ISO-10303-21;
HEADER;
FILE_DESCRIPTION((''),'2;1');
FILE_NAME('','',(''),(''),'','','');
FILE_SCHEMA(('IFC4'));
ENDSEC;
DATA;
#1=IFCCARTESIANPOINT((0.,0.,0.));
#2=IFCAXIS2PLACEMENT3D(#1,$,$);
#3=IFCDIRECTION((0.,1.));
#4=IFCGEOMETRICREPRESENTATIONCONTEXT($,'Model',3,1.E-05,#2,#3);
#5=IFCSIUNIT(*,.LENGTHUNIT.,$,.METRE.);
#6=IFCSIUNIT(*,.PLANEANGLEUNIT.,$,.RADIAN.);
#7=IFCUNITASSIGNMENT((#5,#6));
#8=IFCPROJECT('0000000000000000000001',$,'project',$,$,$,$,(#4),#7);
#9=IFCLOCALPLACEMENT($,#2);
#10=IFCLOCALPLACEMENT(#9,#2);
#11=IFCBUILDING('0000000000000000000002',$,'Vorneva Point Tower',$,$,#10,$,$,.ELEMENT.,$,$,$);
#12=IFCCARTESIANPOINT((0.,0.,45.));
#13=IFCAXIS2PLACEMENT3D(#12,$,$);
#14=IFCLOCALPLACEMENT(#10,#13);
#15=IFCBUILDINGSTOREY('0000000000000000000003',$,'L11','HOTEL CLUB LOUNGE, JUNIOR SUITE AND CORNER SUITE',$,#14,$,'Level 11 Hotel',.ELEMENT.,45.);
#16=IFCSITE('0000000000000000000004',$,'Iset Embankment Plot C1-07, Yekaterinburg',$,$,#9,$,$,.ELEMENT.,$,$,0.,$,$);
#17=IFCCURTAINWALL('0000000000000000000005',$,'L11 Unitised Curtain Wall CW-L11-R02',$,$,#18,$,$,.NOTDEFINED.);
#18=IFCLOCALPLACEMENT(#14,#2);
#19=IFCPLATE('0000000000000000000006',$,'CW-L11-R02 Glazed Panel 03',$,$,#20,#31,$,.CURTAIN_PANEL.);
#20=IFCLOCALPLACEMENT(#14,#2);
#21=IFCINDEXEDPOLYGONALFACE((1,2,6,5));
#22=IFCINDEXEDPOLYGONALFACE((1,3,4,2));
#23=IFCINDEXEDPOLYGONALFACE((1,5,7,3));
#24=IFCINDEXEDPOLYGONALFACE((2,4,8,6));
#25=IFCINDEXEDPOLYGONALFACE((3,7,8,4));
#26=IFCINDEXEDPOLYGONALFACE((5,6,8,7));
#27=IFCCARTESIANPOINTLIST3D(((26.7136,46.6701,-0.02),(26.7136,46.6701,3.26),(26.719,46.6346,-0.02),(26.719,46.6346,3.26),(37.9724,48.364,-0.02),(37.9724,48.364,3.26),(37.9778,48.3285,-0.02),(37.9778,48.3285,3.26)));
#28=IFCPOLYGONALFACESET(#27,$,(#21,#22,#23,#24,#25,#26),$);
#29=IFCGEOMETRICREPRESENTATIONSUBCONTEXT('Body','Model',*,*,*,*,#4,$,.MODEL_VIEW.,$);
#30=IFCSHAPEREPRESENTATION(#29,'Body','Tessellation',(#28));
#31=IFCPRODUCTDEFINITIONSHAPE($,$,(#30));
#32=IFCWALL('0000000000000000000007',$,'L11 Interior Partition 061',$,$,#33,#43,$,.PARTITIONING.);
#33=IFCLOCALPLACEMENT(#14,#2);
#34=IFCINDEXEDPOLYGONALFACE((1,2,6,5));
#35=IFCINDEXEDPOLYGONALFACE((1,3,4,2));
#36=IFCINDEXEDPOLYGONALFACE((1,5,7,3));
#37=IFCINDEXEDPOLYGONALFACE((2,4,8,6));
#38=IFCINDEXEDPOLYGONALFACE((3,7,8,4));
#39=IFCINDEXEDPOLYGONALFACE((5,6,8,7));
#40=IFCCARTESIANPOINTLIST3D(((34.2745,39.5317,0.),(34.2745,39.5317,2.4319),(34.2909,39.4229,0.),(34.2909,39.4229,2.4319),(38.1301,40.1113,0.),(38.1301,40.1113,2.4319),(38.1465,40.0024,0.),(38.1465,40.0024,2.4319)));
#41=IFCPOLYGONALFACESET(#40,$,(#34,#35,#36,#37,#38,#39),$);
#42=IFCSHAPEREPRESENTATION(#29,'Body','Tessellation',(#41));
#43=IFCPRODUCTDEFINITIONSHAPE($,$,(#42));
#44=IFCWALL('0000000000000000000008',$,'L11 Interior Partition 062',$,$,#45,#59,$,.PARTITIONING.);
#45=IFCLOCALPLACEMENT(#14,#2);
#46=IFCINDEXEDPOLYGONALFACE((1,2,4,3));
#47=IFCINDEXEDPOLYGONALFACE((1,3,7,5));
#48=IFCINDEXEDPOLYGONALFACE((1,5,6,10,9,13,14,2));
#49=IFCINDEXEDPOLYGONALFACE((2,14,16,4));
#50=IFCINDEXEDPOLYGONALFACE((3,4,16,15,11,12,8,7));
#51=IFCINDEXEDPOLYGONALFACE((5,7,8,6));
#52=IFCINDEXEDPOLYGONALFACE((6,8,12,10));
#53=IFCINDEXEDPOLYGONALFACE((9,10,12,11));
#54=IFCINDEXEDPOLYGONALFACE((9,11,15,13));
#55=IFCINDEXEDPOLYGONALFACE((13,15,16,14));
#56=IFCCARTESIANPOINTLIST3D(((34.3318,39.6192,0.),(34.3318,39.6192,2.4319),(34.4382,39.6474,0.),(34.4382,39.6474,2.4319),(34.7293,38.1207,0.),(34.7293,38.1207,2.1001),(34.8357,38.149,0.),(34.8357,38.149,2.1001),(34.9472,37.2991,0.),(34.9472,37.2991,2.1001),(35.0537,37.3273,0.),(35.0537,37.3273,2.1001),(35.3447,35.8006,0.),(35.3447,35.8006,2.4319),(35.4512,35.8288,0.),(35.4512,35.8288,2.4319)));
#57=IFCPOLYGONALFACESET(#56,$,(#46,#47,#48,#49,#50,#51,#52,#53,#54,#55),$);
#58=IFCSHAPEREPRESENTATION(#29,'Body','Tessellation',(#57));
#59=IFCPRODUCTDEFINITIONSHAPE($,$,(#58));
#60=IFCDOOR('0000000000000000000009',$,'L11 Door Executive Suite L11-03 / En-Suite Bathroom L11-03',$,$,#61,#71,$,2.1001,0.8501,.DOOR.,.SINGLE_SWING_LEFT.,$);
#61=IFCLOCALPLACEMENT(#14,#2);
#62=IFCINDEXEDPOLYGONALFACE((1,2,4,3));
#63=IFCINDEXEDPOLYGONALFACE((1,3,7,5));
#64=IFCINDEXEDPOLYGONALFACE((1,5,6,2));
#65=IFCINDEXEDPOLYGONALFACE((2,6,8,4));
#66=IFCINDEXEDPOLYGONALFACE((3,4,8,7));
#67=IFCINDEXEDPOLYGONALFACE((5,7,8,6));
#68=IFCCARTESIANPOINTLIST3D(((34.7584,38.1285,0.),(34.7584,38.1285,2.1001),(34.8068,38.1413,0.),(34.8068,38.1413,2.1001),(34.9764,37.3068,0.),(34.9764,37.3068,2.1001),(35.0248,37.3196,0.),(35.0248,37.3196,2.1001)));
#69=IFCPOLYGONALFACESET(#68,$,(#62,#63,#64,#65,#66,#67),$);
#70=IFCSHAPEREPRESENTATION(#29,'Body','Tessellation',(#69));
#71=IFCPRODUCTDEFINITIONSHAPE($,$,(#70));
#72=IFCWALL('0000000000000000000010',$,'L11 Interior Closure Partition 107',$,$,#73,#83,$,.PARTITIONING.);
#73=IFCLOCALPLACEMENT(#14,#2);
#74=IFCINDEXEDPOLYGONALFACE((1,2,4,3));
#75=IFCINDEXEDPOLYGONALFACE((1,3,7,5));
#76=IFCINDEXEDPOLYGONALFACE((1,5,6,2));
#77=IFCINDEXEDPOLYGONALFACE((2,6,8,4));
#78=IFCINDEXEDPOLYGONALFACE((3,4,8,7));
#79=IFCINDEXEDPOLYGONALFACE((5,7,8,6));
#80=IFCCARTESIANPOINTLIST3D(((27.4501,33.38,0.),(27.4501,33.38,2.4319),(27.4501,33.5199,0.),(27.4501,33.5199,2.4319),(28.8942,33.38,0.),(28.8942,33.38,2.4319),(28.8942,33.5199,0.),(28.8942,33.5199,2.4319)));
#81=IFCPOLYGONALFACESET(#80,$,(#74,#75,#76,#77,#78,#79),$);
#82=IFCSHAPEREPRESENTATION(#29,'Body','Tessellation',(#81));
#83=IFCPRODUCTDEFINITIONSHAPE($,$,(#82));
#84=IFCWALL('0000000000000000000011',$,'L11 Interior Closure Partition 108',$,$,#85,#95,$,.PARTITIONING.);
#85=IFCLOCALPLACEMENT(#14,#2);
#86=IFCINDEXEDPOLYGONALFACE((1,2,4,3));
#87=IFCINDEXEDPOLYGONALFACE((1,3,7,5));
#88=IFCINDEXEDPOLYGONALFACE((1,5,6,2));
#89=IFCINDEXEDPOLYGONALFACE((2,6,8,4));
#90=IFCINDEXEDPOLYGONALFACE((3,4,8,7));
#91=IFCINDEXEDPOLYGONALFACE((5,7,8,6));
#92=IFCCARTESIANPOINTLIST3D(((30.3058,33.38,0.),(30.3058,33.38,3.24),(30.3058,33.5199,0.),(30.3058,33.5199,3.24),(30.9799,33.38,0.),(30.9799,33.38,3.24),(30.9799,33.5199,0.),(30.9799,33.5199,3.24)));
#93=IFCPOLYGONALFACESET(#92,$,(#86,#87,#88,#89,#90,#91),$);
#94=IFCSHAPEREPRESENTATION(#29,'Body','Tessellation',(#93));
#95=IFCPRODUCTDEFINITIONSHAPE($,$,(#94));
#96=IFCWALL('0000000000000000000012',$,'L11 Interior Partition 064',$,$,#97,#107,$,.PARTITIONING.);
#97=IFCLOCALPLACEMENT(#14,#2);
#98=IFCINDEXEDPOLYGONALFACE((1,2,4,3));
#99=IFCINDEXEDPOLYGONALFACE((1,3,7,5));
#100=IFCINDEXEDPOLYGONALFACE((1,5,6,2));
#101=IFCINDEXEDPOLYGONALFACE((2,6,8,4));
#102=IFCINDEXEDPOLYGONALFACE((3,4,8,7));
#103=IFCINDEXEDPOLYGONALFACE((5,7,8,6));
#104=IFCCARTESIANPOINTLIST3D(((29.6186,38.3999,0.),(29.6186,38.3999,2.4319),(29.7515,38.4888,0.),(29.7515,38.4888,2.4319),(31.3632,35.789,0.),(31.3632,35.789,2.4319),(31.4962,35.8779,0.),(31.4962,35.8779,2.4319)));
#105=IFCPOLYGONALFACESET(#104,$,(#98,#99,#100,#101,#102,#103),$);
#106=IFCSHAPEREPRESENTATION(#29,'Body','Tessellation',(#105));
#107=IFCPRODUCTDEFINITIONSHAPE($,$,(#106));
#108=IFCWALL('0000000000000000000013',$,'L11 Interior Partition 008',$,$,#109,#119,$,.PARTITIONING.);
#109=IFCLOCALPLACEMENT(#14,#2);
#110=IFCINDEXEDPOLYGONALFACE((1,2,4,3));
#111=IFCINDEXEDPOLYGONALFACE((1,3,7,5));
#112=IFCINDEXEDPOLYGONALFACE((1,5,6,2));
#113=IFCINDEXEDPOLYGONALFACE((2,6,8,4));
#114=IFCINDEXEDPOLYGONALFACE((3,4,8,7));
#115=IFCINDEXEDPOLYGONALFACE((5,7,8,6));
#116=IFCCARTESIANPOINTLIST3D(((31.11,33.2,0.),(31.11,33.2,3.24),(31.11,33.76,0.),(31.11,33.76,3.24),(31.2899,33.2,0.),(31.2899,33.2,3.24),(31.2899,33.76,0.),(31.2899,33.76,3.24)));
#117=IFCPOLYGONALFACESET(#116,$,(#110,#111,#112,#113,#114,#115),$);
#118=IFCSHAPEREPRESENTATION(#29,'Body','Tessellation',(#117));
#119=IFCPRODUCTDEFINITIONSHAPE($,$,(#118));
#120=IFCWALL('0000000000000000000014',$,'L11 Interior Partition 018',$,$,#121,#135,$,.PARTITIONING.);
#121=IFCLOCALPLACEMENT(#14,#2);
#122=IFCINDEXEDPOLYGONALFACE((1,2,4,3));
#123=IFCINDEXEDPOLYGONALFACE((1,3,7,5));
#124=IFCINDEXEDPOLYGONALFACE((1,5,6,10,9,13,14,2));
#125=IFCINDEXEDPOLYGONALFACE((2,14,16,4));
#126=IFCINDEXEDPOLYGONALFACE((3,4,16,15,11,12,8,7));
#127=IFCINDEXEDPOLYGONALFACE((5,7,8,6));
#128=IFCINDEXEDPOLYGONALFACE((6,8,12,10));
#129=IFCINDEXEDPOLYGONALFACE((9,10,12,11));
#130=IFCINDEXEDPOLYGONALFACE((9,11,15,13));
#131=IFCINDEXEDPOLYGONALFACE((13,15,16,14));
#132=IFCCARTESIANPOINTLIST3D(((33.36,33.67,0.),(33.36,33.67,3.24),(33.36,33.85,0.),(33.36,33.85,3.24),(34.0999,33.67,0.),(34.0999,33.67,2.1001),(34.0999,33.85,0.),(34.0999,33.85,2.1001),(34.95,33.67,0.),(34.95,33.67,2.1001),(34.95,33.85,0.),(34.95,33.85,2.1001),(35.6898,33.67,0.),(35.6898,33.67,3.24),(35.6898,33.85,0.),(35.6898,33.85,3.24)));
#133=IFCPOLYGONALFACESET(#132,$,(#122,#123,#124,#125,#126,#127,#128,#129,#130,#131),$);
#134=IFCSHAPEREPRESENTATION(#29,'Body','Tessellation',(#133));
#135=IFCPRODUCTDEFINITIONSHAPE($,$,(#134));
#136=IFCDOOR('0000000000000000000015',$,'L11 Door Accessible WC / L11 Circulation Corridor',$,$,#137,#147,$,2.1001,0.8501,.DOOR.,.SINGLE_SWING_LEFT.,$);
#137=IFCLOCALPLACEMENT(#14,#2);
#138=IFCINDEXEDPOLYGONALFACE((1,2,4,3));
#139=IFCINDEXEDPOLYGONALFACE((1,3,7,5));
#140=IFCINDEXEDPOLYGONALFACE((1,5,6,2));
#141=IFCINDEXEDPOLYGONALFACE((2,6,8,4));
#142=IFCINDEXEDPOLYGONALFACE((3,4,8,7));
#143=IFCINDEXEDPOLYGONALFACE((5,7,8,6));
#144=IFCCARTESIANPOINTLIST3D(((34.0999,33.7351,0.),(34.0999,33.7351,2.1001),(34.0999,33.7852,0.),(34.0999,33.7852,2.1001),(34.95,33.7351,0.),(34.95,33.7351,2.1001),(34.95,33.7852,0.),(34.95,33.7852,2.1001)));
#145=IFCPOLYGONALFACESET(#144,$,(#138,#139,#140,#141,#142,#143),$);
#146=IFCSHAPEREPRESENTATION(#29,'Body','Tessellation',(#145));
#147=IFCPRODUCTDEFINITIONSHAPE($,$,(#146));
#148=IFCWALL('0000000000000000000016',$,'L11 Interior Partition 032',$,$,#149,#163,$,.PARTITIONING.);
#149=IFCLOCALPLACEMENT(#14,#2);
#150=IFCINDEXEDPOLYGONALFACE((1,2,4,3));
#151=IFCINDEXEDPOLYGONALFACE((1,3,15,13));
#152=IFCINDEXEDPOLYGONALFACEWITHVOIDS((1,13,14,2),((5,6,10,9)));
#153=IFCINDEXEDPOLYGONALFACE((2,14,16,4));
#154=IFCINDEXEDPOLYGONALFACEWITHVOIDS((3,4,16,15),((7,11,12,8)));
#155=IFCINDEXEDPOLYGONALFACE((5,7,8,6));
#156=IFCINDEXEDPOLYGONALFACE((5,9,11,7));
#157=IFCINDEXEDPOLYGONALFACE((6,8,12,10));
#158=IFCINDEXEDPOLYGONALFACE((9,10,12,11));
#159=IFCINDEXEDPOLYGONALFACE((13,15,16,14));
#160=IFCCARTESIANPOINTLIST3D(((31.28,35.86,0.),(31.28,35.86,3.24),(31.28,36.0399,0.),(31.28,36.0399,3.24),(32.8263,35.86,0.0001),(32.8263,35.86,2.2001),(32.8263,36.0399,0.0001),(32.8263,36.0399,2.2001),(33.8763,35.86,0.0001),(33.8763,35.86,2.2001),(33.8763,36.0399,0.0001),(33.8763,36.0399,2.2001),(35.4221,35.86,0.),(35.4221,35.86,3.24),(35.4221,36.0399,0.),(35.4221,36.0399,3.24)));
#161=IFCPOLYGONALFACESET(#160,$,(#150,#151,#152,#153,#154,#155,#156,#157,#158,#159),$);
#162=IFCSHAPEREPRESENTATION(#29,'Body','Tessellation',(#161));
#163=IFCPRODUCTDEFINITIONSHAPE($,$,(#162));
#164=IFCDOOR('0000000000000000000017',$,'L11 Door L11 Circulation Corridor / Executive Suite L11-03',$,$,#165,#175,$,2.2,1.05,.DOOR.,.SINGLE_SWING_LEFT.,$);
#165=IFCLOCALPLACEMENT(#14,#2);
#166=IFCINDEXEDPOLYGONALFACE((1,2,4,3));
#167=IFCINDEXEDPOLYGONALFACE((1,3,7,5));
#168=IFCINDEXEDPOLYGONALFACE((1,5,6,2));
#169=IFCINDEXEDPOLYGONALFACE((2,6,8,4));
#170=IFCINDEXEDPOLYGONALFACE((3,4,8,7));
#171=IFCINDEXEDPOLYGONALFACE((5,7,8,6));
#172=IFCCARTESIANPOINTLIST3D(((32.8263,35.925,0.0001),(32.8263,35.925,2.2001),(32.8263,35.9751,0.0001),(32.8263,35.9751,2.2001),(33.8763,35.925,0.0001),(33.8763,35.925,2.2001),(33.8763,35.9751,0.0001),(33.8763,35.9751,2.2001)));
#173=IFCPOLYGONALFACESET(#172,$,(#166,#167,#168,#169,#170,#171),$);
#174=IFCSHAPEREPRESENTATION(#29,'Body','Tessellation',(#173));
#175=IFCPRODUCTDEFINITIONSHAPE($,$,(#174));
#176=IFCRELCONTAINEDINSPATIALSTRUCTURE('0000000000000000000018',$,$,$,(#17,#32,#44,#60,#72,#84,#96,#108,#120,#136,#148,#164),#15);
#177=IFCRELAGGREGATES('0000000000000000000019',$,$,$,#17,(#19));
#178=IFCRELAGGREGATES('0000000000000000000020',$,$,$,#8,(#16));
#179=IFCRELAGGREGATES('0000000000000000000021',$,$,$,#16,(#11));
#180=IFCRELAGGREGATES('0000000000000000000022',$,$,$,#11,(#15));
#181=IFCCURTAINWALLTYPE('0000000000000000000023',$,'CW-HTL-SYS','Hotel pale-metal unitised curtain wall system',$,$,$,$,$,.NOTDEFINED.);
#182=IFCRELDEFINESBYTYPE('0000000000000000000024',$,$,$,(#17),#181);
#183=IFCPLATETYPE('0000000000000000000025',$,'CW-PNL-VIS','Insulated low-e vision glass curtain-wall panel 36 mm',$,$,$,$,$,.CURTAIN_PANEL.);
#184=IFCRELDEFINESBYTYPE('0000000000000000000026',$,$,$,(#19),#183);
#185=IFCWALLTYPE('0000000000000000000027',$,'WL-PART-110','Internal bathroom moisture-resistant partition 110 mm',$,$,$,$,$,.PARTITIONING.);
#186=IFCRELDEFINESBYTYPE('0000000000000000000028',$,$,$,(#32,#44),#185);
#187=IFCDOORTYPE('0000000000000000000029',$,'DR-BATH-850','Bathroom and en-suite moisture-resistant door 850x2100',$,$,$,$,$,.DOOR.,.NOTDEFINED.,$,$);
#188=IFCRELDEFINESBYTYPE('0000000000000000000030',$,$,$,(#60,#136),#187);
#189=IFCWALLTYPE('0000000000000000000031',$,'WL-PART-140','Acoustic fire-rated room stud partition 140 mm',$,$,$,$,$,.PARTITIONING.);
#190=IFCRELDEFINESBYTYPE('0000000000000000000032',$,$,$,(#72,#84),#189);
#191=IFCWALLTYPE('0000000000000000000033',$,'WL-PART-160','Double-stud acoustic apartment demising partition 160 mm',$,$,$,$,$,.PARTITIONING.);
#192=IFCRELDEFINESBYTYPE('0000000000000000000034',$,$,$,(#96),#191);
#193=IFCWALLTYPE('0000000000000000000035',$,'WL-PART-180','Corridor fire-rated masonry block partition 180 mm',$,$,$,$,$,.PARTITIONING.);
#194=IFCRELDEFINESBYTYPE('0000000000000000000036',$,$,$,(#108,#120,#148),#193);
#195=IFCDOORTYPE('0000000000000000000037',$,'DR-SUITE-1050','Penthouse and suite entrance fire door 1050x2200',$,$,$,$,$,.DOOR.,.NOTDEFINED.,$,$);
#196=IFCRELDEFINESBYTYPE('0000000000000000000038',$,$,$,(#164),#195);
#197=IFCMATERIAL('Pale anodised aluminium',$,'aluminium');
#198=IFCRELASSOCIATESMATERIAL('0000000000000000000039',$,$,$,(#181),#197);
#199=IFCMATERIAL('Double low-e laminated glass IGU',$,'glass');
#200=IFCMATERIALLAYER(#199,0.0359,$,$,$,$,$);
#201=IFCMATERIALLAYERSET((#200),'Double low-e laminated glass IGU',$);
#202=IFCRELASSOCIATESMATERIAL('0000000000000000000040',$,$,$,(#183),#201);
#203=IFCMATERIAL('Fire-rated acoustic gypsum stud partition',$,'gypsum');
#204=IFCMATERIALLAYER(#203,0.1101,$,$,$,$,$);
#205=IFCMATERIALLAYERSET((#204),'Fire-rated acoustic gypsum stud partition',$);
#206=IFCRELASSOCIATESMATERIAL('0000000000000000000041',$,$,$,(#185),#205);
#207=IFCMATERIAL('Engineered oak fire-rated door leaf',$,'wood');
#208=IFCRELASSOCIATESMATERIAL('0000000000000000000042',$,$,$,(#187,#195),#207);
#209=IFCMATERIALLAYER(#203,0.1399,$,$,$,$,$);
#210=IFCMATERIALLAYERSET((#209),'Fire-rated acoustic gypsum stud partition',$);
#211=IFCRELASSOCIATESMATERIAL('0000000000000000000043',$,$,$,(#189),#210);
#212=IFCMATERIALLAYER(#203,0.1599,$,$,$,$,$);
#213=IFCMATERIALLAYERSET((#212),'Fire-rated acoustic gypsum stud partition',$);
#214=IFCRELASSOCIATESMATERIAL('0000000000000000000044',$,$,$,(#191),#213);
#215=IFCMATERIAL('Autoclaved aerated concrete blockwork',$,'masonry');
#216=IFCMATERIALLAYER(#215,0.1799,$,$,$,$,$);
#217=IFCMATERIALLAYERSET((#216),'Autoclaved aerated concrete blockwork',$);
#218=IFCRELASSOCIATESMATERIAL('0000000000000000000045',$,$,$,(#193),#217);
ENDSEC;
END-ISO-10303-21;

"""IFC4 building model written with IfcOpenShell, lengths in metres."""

from ifc_helpers import new_model, si_unit, direction, frame, frame_2d, origin, origin_2d, place, context, subcontext, project, spatial, rectangle, extrude, material, layer, layer_set, type_object, element, fill, aggregate, save


model = new_model("IFC4")

# Units and contexts
model_context = context("Model", 3, precision=1e-05, world=origin(), true_north=direction((0.0, 1.0)))
body_context = subcontext(model_context, "Body", "Model", "MODEL_VIEW")
ifc_project = project(units=[si_unit("LENGTHUNIT", "METRE"), si_unit("PLANEANGLEUNIT", "RADIAN")], contexts=[model_context])

# Site, building, storey
site_placement = place(None, origin())
site = spatial("IfcSite", under=ifc_project, at=site_placement, Name="Iset Embankment Plot C1-07, Yekaterinburg", CompositionType="ELEMENT", RefElevation=0.0)
building_placement = place(site_placement, origin())
building = spatial("IfcBuilding", under=site, at=building_placement, Name="Vorneva Point Tower", CompositionType="ELEMENT")
storey_placement = place(building_placement, frame((0.0, 0.0, 45.0)))
storey = spatial("IfcBuildingStorey", under=building, at=storey_placement, Name="L11", Description="HOTEL CLUB LOUNGE, JUNIOR SUITE AND CORNER SUITE", LongName="Level 11 Hotel", CompositionType="ELEMENT", Elevation=45.0)

# Curtain wall, plate
ifc_material_1 = material(Name="Pale anodised aluminium", Category="aluminium")
curtain_wall_type = type_object("IfcCurtainWallType", Name="CW-HTL-SYS", Description="Hotel pale-metal unitised curtain wall system", PredefinedType="NOTDEFINED", material=ifc_material_1)
curtain_wall_placement = place(storey_placement, origin())
curtain_wall = element("IfcCurtainWall", 1, at=curtain_wall_placement, inside=storey, type_object=curtain_wall_type, Name="L11 Unitised Curtain Wall CW-L11-R02", PredefinedType="NOTDEFINED")
ifc_material_2 = material(Name="Double low-e laminated glass IGU", Category="glass")
ifc_layer_1 = layer(ifc_material_2, 0.0359)
ifc_layer_set_1 = layer_set([ifc_layer_1], Name="Double low-e laminated glass IGU")
plate_type = type_object("IfcPlateType", Name="CW-PNL-VIS", Description="Insulated low-e vision glass curtain-wall panel 36 mm", PredefinedType="CURTAIN_PANEL", material=ifc_layer_set_1)
plate_placement = place(storey_placement, frame((32.3457, 47.4993, -0.02), z_axis=(0.0, 0.0, 1.0), x_axis=(-0.988871, -0.148776, 0.0)))
plate = element("IfcPlate", 2, at=plate_placement, type_object=plate_type, Name="CW-L11-R02 Glazed Panel 03", PredefinedType="CURTAIN_PANEL", context=body_context, shape_type="SweptSolid", body=[
    extrude(rectangle(XDim=11.3855, YDim=0.0359, at=origin_2d()), origin(), (0.0, 0.0, 1.0), 3.28),
])
aggregate(curtain_wall, [plate])

# Wall
ifc_material_3 = material(Name="Fire-rated acoustic gypsum stud partition", Category="gypsum")
ifc_layer_2 = layer(ifc_material_3, 0.1101)
ifc_layer_set_2 = layer_set([ifc_layer_2], Name="Fire-rated acoustic gypsum stud partition")
wall_type_1 = type_object("IfcWallType", Name="WL-PART-110", Description="Internal bathroom moisture-resistant partition 110 mm", PredefinedType="PARTITIONING", material=ifc_layer_set_2)
wall_1_placement = place(storey_placement, frame((34.2827, 39.4773, 0.0), z_axis=(0.0, 0.0, 1.0), x_axis=(0.98889, 0.14865, 0.0)))
element("IfcWall", 3, at=wall_1_placement, inside=storey, type_object=wall_type_1, Name="L11 Interior Partition 061", PredefinedType="PARTITIONING", context=body_context, shape_type="SweptSolid", body=[
    extrude(rectangle(XDim=3.8989, YDim=0.1101, at=frame_2d((1.9495, 0.0))), origin(), (0.0, 0.0, 1.0), 2.4319),
])

# Wall, opening, door
wall_2_placement = place(storey_placement, frame((35.3979, 35.8147, 0.0), z_axis=(0.0, 0.0, 1.0), x_axis=(-0.256397, 0.966572, 0.0)))
wall_2 = element("IfcWall", 4, at=wall_2_placement, inside=storey, type_object=wall_type_1, Name="L11 Interior Partition 062", PredefinedType="PARTITIONING", context=body_context, shape_type="SweptSolid", body=[
    extrude(rectangle(XDim=3.9507, YDim=0.1101, at=frame_2d((1.9753, 0.0))), origin(), (0.0, 0.0, 1.0), 2.4319),
])
opening_1_placement = place(wall_2_placement, frame((1.5503, 0.0, 0.0)))
opening_1 = element("IfcOpeningElement", 5, at=opening_1_placement, cuts=wall_2, PredefinedType="OPENING", context=body_context, shape_type="SweptSolid", body=[
    extrude(rectangle(XDim=0.8501, YDim=2.1001, at=frame_2d((0.425, 1.05))), frame((0.0, 0.0698, 0.0), z_axis=(0.0, -1.0, 0.0), x_axis=(1.0, 0.0, 0.0)), (0.0, 0.0, 1.0), 0.1399),
])
ifc_material_4 = material(Name="Engineered oak fire-rated door leaf", Category="wood")
door_type_1 = type_object("IfcDoorType", Name="DR-BATH-850", Description="Bathroom and en-suite moisture-resistant door 850x2100", OperationType="NOTDEFINED", PredefinedType="DOOR", material=ifc_material_4)
door_1_placement = place(opening_1_placement, origin())
door_1 = element("IfcDoor", 6, at=door_1_placement, inside=storey, type_object=door_type_1, Name="L11 Door Executive Suite L11-03 / En-Suite Bathroom L11-03", OperationType="SINGLE_SWING_LEFT", OverallHeight=2.1001, OverallWidth=0.8501, PredefinedType="DOOR", context=body_context, shape_type="SweptSolid", body=[
    extrude(rectangle(XDim=0.8501, YDim=2.1001, at=frame_2d((0.425, 1.05))), frame((0.0, 0.0249, 0.0), z_axis=(0.0, -1.0, 0.0), x_axis=(1.0, 0.0, 0.0)), (0.0, 0.0, 1.0), 0.05),
])
fill(opening_1, door_1)

# Walls
ifc_layer_3 = layer(ifc_material_3, 0.1399)
ifc_layer_set_3 = layer_set([ifc_layer_3], Name="Fire-rated acoustic gypsum stud partition")
wall_type_2 = type_object("IfcWallType", Name="WL-PART-140", Description="Acoustic fire-rated room stud partition 140 mm", PredefinedType="PARTITIONING", material=ifc_layer_set_3)
wall_3_placement = place(storey_placement, frame((27.45, 33.45, 0.0), z_axis=(0.0, 0.0, 1.0), x_axis=(1.0, 0.0, 0.0)))
element("IfcWall", 7, at=wall_3_placement, inside=storey, type_object=wall_type_2, Name="L11 Interior Closure Partition 107", PredefinedType="PARTITIONING", context=body_context, shape_type="SweptSolid", body=[
    extrude(rectangle(XDim=1.4441, YDim=0.1399, at=frame_2d((0.7222, 0.0))), origin(), (0.0, 0.0, 1.0), 2.4319),
])
wall_4_placement = place(storey_placement, frame((30.3059, 33.45, 0.0), z_axis=(0.0, 0.0, 1.0), x_axis=(1.0, 0.0, 0.0)))
element("IfcWall", 8, at=wall_4_placement, inside=storey, type_object=wall_type_2, Name="L11 Interior Closure Partition 108", PredefinedType="PARTITIONING", context=body_context, shape_type="SweptSolid", body=[
    extrude(rectangle(XDim=0.6741, YDim=0.1399, at=frame_2d((0.3369, 0.0))), origin(), (0.0, 0.0, 1.0), 3.24),
])
ifc_layer_4 = layer(ifc_material_3, 0.1599)
ifc_layer_set_4 = layer_set([ifc_layer_4], Name="Fire-rated acoustic gypsum stud partition")
wall_type_3 = type_object("IfcWallType", Name="WL-PART-160", Description="Double-stud acoustic apartment demising partition 160 mm", PredefinedType="PARTITIONING", material=ifc_layer_set_4)
wall_5_placement = place(storey_placement, frame((29.6851, 38.4443, 0.0), z_axis=(0.0, 0.0, 1.0), x_axis=(0.555597, -0.831452, 0.0)))
element("IfcWall", 9, at=wall_5_placement, inside=storey, type_object=wall_type_3, Name="L11 Interior Partition 064", PredefinedType="PARTITIONING", context=body_context, shape_type="SweptSolid", body=[
    extrude(rectangle(XDim=3.1401, YDim=0.1599, at=frame_2d((1.5701, 0.0))), origin(), (0.0, 0.0, 1.0), 2.4319),
])

# Shared definitions
ifc_material_5 = material(Name="Autoclaved aerated concrete blockwork", Category="masonry")
ifc_layer_5 = layer(ifc_material_5, 0.1799)
ifc_layer_set_5 = layer_set([ifc_layer_5], Name="Autoclaved aerated concrete blockwork")
wall_type_4 = type_object("IfcWallType", Name="WL-PART-180", Description="Corridor fire-rated masonry block partition 180 mm", PredefinedType="PARTITIONING", material=ifc_layer_set_5)

# Wall
wall_6_placement = place(storey_placement, frame((31.2, 33.76, 0.0), z_axis=(0.0, 0.0, 1.0), x_axis=(0.0, -1.0, 0.0)))
element("IfcWall", 10, at=wall_6_placement, inside=storey, type_object=wall_type_4, Name="L11 Interior Partition 008", PredefinedType="PARTITIONING", context=body_context, shape_type="SweptSolid", body=[
    extrude(rectangle(XDim=0.5601, YDim=0.1799, at=frame_2d((0.28, 0.0))), origin(), (0.0, 0.0, 1.0), 3.24),
])

# Walls, openings, doors
wall_7_placement = place(storey_placement, frame((35.6899, 33.76, 0.0), z_axis=(0.0, 0.0, 1.0), x_axis=(-1.0, 0.0, 0.0)))
wall_7 = element("IfcWall", 11, at=wall_7_placement, inside=storey, type_object=wall_type_4, Name="L11 Interior Partition 018", PredefinedType="PARTITIONING", context=body_context, shape_type="SweptSolid", body=[
    extrude(rectangle(XDim=2.3298, YDim=0.1799, at=frame_2d((1.165, 0.0))), origin(), (0.0, 0.0, 1.0), 3.24),
])
opening_2_placement = place(wall_7_placement, frame((0.74, 0.0, 0.0)))
opening_2 = element("IfcOpeningElement", 12, at=opening_2_placement, cuts=wall_7, PredefinedType="OPENING", context=body_context, shape_type="SweptSolid", body=[
    extrude(rectangle(XDim=0.8501, YDim=2.1001, at=frame_2d((0.425, 1.05))), frame((0.0, 0.105, 0.0), z_axis=(0.0, -1.0, 0.0), x_axis=(1.0, 0.0, 0.0)), (0.0, 0.0, 1.0), 0.2097),
])
door_2_placement = place(opening_2_placement, origin())
door_2 = element("IfcDoor", 13, at=door_2_placement, inside=storey, type_object=door_type_1, Name="L11 Door Accessible WC / L11 Circulation Corridor", OperationType="SINGLE_SWING_LEFT", OverallHeight=2.1001, OverallWidth=0.8501, PredefinedType="DOOR", context=body_context, shape_type="SweptSolid", body=[
    extrude(rectangle(XDim=0.8501, YDim=2.1001, at=frame_2d((0.425, 1.05))), frame((0.0, 0.0249, 0.0), z_axis=(0.0, -1.0, 0.0), x_axis=(1.0, 0.0, 0.0)), (0.0, 0.0, 1.0), 0.05),
])
fill(opening_2, door_2)
wall_8_placement = place(storey_placement, frame((35.4221, 35.95, 0.0), z_axis=(0.0, 0.0, 1.0), x_axis=(-1.0, 0.0, 0.0)))
wall_8 = element("IfcWall", 14, at=wall_8_placement, inside=storey, type_object=wall_type_4, Name="L11 Interior Partition 032", PredefinedType="PARTITIONING", context=body_context, shape_type="SweptSolid", body=[
    extrude(rectangle(XDim=4.1421, YDim=0.1799, at=frame_2d((2.071, 0.0))), origin(), (0.0, 0.0, 1.0), 3.24),
])
opening_3_placement = place(wall_8_placement, frame((1.5459, 0.0, 0.0)))
opening_3 = element("IfcOpeningElement", 15, at=opening_3_placement, cuts=wall_8, PredefinedType="OPENING", context=body_context, shape_type="SweptSolid", body=[
    extrude(rectangle(XDim=1.05, YDim=2.2, at=frame_2d((0.5249, 1.1001))), frame((0.0, 0.105, 0.0), z_axis=(0.0, -1.0, 0.0), x_axis=(1.0, 0.0, 0.0)), (0.0, 0.0, 1.0), 0.2097),
])
door_type_2 = type_object("IfcDoorType", Name="DR-SUITE-1050", Description="Penthouse and suite entrance fire door 1050x2200", OperationType="NOTDEFINED", PredefinedType="DOOR", material=ifc_material_4)
door_3_placement = place(opening_3_placement, origin())
door_3 = element("IfcDoor", 16, at=door_3_placement, inside=storey, type_object=door_type_2, Name="L11 Door L11 Circulation Corridor / Executive Suite L11-03", OperationType="SINGLE_SWING_LEFT", OverallHeight=2.2, OverallWidth=1.05, PredefinedType="DOOR", context=body_context, shape_type="SweptSolid", body=[
    extrude(rectangle(XDim=1.05, YDim=2.2, at=frame_2d((0.5249, 1.1001))), frame((0.0, 0.0249, 0.0), z_axis=(0.0, -1.0, 0.0), x_axis=(1.0, 0.0, 0.0)), (0.0, 0.0, 1.0), 0.05),
])
fill(opening_3, door_3)

save(model, "model.ifc")
